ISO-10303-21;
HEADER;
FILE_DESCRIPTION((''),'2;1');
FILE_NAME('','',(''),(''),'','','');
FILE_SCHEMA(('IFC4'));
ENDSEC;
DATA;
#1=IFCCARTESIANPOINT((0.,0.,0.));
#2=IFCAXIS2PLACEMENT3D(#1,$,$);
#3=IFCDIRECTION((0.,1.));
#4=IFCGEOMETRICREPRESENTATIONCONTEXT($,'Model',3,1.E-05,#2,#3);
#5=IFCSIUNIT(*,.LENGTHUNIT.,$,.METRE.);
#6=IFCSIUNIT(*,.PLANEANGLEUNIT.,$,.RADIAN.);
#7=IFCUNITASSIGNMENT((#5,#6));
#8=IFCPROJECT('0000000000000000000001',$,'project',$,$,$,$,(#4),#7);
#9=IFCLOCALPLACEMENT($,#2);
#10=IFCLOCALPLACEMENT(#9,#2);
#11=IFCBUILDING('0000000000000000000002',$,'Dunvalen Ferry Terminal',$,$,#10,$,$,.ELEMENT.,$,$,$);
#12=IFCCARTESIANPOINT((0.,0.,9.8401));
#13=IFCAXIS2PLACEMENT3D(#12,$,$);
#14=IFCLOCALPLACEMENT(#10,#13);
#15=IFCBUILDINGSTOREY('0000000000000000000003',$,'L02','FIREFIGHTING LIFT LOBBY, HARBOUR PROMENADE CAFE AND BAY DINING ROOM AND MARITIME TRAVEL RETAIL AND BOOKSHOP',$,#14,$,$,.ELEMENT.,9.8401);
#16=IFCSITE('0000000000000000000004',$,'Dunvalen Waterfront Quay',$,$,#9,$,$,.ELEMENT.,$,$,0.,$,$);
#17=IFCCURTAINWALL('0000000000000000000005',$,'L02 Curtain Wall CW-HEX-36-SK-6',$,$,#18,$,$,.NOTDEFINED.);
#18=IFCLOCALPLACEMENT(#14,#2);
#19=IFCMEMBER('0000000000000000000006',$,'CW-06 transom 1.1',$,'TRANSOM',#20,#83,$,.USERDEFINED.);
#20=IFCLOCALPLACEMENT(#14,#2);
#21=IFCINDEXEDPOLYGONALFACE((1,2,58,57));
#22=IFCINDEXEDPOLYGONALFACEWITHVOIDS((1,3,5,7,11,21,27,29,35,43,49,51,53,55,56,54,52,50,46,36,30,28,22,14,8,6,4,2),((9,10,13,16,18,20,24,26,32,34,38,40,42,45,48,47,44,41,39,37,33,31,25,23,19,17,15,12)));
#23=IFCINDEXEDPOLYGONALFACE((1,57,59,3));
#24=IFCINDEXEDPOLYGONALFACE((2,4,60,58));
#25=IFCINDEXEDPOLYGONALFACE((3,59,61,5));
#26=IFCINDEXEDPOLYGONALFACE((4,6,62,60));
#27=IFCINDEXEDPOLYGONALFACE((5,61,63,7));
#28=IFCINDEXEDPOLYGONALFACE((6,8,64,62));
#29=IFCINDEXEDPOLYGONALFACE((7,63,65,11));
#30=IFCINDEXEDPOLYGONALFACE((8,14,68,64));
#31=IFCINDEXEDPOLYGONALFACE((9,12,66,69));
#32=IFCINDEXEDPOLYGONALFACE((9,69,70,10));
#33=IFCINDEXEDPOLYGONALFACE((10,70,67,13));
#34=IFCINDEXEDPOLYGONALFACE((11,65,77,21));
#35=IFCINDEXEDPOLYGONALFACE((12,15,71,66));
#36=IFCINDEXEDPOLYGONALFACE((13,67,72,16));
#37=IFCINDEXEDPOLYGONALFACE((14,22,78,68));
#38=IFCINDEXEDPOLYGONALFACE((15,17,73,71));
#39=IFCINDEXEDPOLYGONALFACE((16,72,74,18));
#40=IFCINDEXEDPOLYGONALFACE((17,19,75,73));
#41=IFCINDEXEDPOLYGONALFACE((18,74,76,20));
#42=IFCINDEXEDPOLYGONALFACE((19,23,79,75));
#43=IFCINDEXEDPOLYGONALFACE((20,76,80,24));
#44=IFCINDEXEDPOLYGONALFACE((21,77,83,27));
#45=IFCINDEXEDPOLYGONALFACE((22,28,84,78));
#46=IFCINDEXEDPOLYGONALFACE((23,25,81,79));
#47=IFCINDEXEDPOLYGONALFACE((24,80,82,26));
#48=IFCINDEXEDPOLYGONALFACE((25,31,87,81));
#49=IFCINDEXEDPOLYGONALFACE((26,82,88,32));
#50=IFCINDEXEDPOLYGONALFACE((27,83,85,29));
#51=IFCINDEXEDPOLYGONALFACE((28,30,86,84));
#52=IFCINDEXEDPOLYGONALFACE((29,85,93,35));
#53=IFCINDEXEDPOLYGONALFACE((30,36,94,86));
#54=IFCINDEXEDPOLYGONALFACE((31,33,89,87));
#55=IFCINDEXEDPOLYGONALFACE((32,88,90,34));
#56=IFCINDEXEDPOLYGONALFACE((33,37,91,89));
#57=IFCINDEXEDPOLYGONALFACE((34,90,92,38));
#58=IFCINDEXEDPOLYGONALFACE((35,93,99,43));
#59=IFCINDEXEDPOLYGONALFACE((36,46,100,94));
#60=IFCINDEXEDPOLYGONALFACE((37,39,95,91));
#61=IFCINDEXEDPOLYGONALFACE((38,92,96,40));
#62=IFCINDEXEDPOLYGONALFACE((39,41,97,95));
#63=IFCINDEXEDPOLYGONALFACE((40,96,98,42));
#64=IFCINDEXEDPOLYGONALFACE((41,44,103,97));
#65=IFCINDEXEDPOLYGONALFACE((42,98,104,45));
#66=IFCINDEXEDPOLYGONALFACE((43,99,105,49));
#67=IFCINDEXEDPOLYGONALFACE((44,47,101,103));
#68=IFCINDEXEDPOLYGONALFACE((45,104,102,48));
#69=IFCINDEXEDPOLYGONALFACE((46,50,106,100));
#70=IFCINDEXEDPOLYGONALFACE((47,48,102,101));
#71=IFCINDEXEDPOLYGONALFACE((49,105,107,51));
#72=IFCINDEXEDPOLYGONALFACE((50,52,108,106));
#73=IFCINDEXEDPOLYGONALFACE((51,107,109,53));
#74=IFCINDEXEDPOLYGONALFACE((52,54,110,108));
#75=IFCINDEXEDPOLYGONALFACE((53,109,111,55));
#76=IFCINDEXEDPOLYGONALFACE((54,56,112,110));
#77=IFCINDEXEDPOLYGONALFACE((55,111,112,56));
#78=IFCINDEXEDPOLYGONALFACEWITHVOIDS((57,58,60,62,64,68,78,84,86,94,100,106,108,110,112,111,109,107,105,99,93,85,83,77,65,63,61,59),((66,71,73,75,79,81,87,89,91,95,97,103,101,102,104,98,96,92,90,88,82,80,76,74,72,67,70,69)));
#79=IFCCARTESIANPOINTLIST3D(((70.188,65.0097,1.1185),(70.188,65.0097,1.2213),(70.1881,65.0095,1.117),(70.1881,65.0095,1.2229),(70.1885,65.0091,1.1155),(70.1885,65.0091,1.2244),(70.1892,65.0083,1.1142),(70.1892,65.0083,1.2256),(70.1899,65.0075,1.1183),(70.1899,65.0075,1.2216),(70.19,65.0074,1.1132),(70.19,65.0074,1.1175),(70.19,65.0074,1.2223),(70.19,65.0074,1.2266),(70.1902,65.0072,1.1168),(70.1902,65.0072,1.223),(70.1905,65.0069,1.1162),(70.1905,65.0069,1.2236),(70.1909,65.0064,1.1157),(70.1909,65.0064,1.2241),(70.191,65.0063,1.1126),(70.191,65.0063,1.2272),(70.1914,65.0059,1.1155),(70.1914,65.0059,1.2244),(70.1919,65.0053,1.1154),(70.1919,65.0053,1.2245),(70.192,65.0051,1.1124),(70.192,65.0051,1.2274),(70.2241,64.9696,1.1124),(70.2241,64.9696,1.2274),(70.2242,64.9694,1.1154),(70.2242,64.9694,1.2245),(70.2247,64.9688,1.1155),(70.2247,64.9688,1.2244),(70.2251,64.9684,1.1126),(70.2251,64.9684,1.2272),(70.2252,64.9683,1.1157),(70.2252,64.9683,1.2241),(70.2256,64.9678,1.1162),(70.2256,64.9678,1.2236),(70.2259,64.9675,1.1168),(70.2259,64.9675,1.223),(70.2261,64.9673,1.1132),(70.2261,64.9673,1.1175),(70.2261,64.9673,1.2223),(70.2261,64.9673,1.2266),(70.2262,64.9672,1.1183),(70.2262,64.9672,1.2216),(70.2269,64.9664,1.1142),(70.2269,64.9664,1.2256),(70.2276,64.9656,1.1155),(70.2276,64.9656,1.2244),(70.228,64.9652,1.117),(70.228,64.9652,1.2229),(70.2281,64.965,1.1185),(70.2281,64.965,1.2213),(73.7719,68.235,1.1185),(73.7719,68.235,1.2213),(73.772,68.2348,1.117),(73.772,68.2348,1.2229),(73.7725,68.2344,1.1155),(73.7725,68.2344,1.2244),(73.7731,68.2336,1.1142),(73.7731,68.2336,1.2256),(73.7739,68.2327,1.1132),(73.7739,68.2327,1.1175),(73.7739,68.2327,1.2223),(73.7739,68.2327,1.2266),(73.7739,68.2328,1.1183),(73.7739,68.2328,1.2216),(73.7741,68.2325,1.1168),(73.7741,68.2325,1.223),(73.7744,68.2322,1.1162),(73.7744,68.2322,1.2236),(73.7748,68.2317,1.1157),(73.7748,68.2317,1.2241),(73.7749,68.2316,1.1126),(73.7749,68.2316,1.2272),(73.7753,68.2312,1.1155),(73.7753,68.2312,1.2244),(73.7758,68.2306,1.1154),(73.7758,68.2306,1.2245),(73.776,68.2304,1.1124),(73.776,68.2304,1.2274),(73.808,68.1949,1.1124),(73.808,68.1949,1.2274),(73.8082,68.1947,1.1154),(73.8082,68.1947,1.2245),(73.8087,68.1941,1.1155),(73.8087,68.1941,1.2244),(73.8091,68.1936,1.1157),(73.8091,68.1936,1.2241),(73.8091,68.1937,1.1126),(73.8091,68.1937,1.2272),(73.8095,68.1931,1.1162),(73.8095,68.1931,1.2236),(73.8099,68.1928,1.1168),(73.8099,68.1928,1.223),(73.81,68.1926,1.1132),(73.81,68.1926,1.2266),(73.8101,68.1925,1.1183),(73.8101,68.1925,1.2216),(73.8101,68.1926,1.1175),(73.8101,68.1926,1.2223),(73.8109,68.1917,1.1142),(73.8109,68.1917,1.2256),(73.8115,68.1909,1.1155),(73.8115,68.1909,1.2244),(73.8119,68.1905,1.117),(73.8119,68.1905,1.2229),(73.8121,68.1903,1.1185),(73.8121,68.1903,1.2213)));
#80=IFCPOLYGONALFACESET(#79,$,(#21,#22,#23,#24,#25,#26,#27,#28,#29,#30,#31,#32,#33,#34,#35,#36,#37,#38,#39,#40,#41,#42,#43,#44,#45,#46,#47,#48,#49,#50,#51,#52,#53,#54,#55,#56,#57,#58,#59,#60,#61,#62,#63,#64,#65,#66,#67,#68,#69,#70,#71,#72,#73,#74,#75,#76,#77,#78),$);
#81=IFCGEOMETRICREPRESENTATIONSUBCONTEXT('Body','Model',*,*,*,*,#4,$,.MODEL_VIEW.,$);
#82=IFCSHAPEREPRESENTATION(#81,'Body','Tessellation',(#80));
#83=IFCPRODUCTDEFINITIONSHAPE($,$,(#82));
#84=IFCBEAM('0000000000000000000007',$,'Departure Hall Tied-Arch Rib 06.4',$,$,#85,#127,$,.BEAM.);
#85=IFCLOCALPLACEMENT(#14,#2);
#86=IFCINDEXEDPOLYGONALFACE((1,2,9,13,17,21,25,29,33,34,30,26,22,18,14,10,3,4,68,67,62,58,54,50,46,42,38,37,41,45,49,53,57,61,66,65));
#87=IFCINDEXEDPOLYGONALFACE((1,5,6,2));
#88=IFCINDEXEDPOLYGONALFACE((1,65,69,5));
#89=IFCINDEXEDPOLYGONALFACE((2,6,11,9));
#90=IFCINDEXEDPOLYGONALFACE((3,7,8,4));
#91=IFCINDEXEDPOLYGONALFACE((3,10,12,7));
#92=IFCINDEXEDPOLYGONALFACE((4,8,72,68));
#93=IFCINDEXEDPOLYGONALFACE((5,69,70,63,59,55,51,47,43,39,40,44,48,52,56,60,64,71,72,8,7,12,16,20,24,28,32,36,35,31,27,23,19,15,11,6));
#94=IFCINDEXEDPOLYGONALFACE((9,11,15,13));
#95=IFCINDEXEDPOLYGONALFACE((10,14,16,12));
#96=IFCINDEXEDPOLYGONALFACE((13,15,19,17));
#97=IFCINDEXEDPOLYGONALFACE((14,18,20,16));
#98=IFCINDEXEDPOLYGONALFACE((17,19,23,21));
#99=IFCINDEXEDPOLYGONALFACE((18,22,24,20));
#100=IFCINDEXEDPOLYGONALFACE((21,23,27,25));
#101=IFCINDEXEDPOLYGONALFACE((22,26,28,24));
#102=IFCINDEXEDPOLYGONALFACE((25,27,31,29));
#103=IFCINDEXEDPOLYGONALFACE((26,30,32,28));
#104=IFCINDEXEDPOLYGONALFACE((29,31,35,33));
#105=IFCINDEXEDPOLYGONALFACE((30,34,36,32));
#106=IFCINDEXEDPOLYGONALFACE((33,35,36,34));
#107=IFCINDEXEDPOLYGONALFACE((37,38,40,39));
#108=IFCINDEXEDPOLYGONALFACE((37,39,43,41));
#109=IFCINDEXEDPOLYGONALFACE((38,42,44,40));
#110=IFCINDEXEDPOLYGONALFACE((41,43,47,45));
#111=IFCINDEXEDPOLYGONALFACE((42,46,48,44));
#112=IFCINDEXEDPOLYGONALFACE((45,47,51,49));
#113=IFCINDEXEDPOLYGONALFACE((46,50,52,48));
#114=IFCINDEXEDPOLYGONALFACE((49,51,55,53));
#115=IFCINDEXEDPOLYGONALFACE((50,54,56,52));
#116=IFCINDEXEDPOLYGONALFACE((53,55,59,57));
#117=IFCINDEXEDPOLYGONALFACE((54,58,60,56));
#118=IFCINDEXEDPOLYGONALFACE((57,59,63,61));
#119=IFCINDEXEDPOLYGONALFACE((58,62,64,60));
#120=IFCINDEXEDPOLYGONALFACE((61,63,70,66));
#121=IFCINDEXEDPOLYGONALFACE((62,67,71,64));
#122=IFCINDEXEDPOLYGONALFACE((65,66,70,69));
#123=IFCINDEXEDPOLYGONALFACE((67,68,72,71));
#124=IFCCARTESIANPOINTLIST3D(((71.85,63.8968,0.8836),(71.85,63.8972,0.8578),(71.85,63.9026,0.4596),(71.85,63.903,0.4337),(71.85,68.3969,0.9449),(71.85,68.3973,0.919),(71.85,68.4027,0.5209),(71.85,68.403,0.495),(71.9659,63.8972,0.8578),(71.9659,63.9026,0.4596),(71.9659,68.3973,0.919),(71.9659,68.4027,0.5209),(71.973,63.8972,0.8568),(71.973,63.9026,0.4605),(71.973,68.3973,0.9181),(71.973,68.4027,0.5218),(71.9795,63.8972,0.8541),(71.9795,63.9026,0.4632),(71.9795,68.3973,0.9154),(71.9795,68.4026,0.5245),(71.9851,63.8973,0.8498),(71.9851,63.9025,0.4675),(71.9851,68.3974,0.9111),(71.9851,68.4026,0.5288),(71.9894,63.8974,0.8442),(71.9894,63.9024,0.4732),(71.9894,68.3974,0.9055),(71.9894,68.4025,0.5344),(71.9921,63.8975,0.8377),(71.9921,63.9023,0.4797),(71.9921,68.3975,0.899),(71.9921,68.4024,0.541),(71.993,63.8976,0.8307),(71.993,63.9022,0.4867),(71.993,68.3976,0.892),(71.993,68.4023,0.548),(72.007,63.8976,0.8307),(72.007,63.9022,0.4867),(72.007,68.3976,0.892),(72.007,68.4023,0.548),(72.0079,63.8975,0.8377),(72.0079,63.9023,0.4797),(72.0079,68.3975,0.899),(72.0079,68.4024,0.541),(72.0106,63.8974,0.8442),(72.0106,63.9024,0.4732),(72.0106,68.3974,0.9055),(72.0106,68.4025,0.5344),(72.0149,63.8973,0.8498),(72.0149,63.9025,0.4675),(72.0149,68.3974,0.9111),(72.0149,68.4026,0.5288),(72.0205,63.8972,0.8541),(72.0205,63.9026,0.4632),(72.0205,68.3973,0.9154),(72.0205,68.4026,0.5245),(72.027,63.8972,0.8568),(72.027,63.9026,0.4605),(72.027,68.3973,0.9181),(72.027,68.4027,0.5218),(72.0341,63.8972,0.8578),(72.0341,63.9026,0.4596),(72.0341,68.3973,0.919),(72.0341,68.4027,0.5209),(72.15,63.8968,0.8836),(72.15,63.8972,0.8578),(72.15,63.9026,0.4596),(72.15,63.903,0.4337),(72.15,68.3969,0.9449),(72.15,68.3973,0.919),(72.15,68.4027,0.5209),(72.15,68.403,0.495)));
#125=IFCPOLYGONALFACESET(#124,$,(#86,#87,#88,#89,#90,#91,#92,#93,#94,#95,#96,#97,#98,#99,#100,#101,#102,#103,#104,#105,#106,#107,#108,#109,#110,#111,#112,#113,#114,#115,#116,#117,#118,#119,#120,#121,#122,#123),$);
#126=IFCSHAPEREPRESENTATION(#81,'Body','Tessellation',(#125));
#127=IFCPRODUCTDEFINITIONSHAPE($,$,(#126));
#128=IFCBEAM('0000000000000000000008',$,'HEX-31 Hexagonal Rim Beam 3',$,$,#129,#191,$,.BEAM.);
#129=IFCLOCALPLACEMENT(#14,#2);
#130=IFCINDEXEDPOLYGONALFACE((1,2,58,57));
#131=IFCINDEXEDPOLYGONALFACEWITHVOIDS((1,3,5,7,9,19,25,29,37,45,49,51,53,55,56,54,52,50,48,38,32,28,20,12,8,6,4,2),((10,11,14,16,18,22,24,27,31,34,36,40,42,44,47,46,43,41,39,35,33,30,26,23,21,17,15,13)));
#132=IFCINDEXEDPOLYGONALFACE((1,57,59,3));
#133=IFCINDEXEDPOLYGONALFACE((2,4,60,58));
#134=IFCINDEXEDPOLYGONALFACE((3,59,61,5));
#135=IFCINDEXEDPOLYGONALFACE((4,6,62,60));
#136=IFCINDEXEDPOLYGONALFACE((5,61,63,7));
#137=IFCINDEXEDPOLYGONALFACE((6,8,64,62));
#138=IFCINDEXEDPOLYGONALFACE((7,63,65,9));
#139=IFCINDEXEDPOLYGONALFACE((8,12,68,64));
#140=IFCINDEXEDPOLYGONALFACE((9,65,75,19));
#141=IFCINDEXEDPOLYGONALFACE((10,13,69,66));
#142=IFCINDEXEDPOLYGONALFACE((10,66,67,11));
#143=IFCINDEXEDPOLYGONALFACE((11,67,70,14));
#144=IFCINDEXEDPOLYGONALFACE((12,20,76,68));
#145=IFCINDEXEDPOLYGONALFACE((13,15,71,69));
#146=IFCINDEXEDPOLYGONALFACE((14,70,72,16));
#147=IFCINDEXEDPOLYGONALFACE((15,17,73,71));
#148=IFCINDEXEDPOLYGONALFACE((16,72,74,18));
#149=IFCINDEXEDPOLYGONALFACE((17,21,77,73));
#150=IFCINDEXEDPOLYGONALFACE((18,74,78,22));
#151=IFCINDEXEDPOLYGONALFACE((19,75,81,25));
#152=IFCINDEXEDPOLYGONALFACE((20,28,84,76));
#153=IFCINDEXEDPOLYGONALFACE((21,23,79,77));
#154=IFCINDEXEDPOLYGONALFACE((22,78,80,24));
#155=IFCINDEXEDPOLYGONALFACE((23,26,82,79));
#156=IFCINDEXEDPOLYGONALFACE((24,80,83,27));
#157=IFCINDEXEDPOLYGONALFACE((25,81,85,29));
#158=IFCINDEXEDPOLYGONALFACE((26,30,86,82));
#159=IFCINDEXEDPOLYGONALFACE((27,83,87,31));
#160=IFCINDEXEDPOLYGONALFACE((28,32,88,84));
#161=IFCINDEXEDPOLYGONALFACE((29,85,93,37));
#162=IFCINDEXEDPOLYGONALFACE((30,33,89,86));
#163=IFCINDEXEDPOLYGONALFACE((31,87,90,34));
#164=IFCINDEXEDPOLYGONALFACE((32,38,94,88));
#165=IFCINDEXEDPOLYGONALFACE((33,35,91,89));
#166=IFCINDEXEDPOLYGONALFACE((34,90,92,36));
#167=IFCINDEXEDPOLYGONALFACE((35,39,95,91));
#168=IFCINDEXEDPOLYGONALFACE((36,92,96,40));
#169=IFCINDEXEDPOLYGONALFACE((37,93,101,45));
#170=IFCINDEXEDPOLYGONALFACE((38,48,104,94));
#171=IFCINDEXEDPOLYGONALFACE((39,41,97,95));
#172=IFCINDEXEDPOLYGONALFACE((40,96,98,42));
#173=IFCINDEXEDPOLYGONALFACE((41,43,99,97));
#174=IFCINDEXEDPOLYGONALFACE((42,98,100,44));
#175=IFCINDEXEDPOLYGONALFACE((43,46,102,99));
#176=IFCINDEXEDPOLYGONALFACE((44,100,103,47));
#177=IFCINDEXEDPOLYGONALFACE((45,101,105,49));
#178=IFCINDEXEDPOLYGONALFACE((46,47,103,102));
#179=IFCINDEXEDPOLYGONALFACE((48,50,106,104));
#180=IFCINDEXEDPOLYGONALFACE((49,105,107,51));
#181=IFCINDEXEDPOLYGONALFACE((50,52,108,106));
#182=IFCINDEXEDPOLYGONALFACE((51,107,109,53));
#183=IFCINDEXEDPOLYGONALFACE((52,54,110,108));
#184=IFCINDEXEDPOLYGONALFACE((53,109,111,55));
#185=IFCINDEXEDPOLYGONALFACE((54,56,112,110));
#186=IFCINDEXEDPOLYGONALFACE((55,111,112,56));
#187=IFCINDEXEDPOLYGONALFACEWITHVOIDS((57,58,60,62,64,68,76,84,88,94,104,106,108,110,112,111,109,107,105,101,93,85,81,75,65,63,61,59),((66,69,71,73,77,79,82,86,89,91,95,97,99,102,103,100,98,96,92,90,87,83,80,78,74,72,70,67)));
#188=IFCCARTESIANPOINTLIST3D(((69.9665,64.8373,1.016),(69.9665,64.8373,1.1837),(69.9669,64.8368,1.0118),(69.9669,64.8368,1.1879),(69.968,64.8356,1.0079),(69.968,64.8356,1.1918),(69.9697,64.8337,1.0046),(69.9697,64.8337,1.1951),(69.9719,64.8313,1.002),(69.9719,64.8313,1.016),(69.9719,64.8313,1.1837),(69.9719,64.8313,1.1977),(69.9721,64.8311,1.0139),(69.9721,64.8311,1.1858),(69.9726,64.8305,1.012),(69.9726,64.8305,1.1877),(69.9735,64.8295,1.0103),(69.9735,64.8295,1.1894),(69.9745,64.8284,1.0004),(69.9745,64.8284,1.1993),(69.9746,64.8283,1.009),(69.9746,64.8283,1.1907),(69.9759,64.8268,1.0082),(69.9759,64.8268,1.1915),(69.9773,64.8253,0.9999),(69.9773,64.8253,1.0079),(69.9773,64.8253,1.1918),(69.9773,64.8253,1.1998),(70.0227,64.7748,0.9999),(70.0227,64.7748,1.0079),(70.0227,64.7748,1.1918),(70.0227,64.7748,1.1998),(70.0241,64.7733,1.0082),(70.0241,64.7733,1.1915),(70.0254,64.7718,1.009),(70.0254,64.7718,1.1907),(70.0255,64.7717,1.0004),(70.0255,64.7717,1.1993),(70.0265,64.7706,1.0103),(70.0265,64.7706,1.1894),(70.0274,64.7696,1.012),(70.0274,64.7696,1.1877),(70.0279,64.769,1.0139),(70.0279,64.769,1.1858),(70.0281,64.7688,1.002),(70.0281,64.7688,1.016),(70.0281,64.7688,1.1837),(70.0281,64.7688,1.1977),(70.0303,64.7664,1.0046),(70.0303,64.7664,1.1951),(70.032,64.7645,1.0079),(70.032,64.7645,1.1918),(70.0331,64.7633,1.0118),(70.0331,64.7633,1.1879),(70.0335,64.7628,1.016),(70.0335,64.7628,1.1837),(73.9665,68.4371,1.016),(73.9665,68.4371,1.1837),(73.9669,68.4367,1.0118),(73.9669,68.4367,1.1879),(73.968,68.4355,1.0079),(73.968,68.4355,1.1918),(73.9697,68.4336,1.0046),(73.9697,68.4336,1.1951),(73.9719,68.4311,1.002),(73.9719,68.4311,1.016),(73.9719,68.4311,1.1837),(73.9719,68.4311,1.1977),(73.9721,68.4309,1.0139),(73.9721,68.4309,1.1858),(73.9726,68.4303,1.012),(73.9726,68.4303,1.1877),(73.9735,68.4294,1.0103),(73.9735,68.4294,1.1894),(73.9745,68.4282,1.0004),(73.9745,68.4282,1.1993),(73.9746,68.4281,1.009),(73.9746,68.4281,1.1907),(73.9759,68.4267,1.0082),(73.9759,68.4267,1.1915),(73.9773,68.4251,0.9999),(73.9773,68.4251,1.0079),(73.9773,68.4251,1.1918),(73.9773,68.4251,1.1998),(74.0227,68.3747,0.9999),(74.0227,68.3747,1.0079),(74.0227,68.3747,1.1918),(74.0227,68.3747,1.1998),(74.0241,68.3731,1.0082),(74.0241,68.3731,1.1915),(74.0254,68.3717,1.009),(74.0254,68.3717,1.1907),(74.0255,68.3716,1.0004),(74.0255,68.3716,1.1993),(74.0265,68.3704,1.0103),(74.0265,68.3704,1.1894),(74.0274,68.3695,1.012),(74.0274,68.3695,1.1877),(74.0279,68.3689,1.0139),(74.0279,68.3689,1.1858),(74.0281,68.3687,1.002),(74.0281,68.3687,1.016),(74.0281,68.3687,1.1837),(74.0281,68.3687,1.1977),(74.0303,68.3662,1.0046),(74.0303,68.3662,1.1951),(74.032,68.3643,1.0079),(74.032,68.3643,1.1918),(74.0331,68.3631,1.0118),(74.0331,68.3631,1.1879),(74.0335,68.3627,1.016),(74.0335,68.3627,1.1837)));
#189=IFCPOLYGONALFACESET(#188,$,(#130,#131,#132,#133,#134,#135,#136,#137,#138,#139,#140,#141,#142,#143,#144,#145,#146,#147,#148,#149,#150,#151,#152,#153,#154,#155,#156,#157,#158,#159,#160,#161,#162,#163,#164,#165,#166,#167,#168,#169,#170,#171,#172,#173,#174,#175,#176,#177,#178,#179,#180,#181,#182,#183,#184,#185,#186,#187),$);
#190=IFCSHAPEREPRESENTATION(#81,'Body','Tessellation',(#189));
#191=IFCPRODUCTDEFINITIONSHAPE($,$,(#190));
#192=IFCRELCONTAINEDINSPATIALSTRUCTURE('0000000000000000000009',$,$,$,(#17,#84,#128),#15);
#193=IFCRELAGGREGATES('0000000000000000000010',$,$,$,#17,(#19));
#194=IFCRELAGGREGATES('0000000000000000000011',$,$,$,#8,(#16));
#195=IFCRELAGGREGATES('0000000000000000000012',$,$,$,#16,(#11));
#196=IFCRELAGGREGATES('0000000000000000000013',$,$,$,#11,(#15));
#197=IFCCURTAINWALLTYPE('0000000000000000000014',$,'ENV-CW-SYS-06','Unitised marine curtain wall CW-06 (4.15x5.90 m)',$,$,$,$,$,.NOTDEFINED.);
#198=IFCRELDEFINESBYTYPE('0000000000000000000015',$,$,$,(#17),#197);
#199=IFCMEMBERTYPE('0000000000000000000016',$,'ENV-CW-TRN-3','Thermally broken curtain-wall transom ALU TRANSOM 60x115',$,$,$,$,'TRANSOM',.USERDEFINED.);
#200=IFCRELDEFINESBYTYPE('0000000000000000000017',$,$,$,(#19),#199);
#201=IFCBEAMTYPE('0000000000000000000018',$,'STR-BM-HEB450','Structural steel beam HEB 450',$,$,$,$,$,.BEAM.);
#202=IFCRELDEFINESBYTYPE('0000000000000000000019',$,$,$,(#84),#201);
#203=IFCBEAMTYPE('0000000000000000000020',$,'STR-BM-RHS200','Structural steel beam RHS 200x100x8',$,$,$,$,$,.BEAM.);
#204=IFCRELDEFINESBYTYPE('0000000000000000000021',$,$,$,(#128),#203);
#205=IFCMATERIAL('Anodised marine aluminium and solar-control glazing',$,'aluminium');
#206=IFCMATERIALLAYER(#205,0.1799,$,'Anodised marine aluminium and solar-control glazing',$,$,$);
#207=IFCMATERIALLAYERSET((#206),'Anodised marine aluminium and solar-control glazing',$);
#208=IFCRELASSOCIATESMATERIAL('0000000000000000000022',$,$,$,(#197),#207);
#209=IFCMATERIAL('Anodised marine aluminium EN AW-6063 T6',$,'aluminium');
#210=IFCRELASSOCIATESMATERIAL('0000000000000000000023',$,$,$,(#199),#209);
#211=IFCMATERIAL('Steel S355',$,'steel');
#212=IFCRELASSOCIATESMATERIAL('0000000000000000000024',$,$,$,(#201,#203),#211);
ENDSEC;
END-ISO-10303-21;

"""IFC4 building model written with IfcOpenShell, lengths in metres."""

from ifc_helpers import new_model, si_unit, direction, frame, origin, origin_2d, place, context, subcontext, project, spatial, hollow_rectangle, i_section, extrude, material, layer, layer_set, material_profile, profile_set, type_object, element, aggregate, save


model = new_model("IFC4")

# Units and contexts
model_context = context("Model", 3, precision=1e-05, world=origin(), true_north=direction((0.0, 1.0)))
body_context = subcontext(model_context, "Body", "Model", "MODEL_VIEW")
ifc_project = project(units=[si_unit("LENGTHUNIT", "METRE"), si_unit("PLANEANGLEUNIT", "RADIAN")], contexts=[model_context])

# Site, building, storey
site_placement = place(None, origin())
site = spatial("IfcSite", under=ifc_project, at=site_placement, Name="Dunvalen Waterfront Quay", CompositionType="ELEMENT", RefElevation=0.0)
building_placement = place(site_placement, origin())
building = spatial("IfcBuilding", under=site, at=building_placement, Name="Dunvalen Ferry Terminal", CompositionType="ELEMENT")
storey_placement = place(building_placement, frame((0.0, 0.0, 9.8401)))
storey = spatial("IfcBuildingStorey", under=building, at=storey_placement, Name="L02", Description="FIREFIGHTING LIFT LOBBY, HARBOUR PROMENADE CAFE AND BAY DINING ROOM AND MARITIME TRAVEL RETAIL AND BOOKSHOP", CompositionType="ELEMENT", Elevation=9.8401)

# Shared definitions
ifc_material_1 = material(Name="Anodised marine aluminium and solar-control glazing", Category="aluminium")
ifc_material_2 = material(Name="Anodised marine aluminium EN AW-6063 T6", Category="aluminium")

# Curtain wall
ifc_layer_1 = layer(ifc_material_1, 0.1799, Name="Anodised marine aluminium and solar-control glazing")
ifc_layer_set_1 = layer_set([ifc_layer_1], Name="Anodised marine aluminium and solar-control glazing")
curtain_wall_type_1 = type_object("IfcCurtainWallType", Name="ENV-CW-SYS-06", Description="Unitised marine curtain wall CW-06 (4.15x5.90 m)", PredefinedType="NOTDEFINED", material=ifc_layer_set_1)
curtain_wall_1_placement = place(storey_placement, origin())
curtain_wall_1 = element("IfcCurtainWall", 1, at=curtain_wall_1_placement, inside=storey, type_object=curtain_wall_type_1, Name="L02 Curtain Wall CW-HEX-36-SK-6", PredefinedType="NOTDEFINED")

# Member
ifc_material_profile_1 = material_profile(ifc_material_2, hollow_rectangle(XDim=0.0601, YDim=0.115, WallThickness=0.0029, InnerFilletRadius=0.0029, OuterFilletRadius=0.0061, at=origin_2d()), Name="Anodised marine aluminium EN AW-6063 T6")
ifc_profile_set_1 = profile_set([ifc_material_profile_1], Name="Anodised marine aluminium EN AW-6063 T6")
member_type_1 = type_object("IfcMemberType", Name="ENV-CW-TRN-3", Description="Thermally broken curtain-wall transom ALU TRANSOM 60x115", ElementType="TRANSOM", PredefinedType="USERDEFINED", material=ifc_profile_set_1)
member_1_placement = place(storey_placement, frame((73.792, 68.2126, 1.1699), z_axis=(-0.743319, -0.668937, 0.0), x_axis=(0.668937, -0.743319, 0.0)))
member_1 = element("IfcMember", 2, at=member_1_placement, type_object=member_type_1, Name="CW-06 transom 1.1", ObjectType="TRANSOM", PredefinedType="USERDEFINED", context=body_context, shape_type="SweptSolid", body=[
    extrude(hollow_rectangle(XDim=0.0601, YDim=0.115, WallThickness=0.0029, InnerFilletRadius=0.0029, OuterFilletRadius=0.0061, at=origin_2d()), origin(), (0.0, 0.0, 1.0), 4.8215),
])

# Beams
ifc_material_3 = material(Name="Steel S355", Category="steel")
ifc_material_profile_2 = material_profile(ifc_material_3, i_section(OverallWidth=0.3, OverallDepth=0.45, WebThickness=0.0139, FlangeThickness=0.0259, FilletRadius=0.0271, at=origin_2d()), Name="Steel S355")
ifc_profile_set_2 = profile_set([ifc_material_profile_2], Name="Steel S355")
beam_type_1 = type_object("IfcBeamType", Name="STR-BM-HEB450", Description="Structural steel beam HEB 450", PredefinedType="BEAM", material=ifc_profile_set_2)
beam_1_placement = place(storey_placement, frame((72.0, 63.8999, 0.6587), z_axis=(0.0, 0.999907, 0.013616), x_axis=(-1.0, 0.0, 0.0)))
element("IfcBeam", 3, at=beam_1_placement, inside=storey, type_object=beam_type_1, Name="Departure Hall Tied-Arch Rib 06.4", PredefinedType="BEAM", context=body_context, shape_type="SweptSolid", body=[
    extrude(i_section(OverallWidth=0.3, OverallDepth=0.45, WebThickness=0.0139, FlangeThickness=0.0259, FilletRadius=0.0271, at=origin_2d()), origin(), (0.0, 0.0, 1.0), 4.5005),
])
ifc_material_profile_3 = material_profile(ifc_material_3, hollow_rectangle(XDim=0.1001, YDim=0.2, WallThickness=0.0081, InnerFilletRadius=0.0081, OuterFilletRadius=0.0161, at=origin_2d()), Name="Steel S355")
ifc_profile_set_3 = profile_set([ifc_material_profile_3], Name="Steel S355")
beam_type_2 = type_object("IfcBeamType", Name="STR-BM-RHS200", Description="Structural steel beam RHS 200x100x8", PredefinedType="BEAM", material=ifc_profile_set_3)
beam_2_placement = place(storey_placement, frame((70.0, 64.8, 1.0999), z_axis=(0.743308, 0.66895, 0.0), x_axis=(-0.66895, 0.743308, 0.0)))
element("IfcBeam", 4, at=beam_2_placement, inside=storey, type_object=beam_type_2, Name="HEX-31 Hexagonal Rim Beam 3", PredefinedType="BEAM", context=body_context, shape_type="SweptSolid", body=[
    extrude(hollow_rectangle(XDim=0.1001, YDim=0.2, WallThickness=0.0081, InnerFilletRadius=0.0081, OuterFilletRadius=0.0161, at=origin_2d()), origin(), (0.0, 0.0, 1.0), 5.3813),
])

aggregate(curtain_wall_1, [member_1])

save(model, "model.ifc")
